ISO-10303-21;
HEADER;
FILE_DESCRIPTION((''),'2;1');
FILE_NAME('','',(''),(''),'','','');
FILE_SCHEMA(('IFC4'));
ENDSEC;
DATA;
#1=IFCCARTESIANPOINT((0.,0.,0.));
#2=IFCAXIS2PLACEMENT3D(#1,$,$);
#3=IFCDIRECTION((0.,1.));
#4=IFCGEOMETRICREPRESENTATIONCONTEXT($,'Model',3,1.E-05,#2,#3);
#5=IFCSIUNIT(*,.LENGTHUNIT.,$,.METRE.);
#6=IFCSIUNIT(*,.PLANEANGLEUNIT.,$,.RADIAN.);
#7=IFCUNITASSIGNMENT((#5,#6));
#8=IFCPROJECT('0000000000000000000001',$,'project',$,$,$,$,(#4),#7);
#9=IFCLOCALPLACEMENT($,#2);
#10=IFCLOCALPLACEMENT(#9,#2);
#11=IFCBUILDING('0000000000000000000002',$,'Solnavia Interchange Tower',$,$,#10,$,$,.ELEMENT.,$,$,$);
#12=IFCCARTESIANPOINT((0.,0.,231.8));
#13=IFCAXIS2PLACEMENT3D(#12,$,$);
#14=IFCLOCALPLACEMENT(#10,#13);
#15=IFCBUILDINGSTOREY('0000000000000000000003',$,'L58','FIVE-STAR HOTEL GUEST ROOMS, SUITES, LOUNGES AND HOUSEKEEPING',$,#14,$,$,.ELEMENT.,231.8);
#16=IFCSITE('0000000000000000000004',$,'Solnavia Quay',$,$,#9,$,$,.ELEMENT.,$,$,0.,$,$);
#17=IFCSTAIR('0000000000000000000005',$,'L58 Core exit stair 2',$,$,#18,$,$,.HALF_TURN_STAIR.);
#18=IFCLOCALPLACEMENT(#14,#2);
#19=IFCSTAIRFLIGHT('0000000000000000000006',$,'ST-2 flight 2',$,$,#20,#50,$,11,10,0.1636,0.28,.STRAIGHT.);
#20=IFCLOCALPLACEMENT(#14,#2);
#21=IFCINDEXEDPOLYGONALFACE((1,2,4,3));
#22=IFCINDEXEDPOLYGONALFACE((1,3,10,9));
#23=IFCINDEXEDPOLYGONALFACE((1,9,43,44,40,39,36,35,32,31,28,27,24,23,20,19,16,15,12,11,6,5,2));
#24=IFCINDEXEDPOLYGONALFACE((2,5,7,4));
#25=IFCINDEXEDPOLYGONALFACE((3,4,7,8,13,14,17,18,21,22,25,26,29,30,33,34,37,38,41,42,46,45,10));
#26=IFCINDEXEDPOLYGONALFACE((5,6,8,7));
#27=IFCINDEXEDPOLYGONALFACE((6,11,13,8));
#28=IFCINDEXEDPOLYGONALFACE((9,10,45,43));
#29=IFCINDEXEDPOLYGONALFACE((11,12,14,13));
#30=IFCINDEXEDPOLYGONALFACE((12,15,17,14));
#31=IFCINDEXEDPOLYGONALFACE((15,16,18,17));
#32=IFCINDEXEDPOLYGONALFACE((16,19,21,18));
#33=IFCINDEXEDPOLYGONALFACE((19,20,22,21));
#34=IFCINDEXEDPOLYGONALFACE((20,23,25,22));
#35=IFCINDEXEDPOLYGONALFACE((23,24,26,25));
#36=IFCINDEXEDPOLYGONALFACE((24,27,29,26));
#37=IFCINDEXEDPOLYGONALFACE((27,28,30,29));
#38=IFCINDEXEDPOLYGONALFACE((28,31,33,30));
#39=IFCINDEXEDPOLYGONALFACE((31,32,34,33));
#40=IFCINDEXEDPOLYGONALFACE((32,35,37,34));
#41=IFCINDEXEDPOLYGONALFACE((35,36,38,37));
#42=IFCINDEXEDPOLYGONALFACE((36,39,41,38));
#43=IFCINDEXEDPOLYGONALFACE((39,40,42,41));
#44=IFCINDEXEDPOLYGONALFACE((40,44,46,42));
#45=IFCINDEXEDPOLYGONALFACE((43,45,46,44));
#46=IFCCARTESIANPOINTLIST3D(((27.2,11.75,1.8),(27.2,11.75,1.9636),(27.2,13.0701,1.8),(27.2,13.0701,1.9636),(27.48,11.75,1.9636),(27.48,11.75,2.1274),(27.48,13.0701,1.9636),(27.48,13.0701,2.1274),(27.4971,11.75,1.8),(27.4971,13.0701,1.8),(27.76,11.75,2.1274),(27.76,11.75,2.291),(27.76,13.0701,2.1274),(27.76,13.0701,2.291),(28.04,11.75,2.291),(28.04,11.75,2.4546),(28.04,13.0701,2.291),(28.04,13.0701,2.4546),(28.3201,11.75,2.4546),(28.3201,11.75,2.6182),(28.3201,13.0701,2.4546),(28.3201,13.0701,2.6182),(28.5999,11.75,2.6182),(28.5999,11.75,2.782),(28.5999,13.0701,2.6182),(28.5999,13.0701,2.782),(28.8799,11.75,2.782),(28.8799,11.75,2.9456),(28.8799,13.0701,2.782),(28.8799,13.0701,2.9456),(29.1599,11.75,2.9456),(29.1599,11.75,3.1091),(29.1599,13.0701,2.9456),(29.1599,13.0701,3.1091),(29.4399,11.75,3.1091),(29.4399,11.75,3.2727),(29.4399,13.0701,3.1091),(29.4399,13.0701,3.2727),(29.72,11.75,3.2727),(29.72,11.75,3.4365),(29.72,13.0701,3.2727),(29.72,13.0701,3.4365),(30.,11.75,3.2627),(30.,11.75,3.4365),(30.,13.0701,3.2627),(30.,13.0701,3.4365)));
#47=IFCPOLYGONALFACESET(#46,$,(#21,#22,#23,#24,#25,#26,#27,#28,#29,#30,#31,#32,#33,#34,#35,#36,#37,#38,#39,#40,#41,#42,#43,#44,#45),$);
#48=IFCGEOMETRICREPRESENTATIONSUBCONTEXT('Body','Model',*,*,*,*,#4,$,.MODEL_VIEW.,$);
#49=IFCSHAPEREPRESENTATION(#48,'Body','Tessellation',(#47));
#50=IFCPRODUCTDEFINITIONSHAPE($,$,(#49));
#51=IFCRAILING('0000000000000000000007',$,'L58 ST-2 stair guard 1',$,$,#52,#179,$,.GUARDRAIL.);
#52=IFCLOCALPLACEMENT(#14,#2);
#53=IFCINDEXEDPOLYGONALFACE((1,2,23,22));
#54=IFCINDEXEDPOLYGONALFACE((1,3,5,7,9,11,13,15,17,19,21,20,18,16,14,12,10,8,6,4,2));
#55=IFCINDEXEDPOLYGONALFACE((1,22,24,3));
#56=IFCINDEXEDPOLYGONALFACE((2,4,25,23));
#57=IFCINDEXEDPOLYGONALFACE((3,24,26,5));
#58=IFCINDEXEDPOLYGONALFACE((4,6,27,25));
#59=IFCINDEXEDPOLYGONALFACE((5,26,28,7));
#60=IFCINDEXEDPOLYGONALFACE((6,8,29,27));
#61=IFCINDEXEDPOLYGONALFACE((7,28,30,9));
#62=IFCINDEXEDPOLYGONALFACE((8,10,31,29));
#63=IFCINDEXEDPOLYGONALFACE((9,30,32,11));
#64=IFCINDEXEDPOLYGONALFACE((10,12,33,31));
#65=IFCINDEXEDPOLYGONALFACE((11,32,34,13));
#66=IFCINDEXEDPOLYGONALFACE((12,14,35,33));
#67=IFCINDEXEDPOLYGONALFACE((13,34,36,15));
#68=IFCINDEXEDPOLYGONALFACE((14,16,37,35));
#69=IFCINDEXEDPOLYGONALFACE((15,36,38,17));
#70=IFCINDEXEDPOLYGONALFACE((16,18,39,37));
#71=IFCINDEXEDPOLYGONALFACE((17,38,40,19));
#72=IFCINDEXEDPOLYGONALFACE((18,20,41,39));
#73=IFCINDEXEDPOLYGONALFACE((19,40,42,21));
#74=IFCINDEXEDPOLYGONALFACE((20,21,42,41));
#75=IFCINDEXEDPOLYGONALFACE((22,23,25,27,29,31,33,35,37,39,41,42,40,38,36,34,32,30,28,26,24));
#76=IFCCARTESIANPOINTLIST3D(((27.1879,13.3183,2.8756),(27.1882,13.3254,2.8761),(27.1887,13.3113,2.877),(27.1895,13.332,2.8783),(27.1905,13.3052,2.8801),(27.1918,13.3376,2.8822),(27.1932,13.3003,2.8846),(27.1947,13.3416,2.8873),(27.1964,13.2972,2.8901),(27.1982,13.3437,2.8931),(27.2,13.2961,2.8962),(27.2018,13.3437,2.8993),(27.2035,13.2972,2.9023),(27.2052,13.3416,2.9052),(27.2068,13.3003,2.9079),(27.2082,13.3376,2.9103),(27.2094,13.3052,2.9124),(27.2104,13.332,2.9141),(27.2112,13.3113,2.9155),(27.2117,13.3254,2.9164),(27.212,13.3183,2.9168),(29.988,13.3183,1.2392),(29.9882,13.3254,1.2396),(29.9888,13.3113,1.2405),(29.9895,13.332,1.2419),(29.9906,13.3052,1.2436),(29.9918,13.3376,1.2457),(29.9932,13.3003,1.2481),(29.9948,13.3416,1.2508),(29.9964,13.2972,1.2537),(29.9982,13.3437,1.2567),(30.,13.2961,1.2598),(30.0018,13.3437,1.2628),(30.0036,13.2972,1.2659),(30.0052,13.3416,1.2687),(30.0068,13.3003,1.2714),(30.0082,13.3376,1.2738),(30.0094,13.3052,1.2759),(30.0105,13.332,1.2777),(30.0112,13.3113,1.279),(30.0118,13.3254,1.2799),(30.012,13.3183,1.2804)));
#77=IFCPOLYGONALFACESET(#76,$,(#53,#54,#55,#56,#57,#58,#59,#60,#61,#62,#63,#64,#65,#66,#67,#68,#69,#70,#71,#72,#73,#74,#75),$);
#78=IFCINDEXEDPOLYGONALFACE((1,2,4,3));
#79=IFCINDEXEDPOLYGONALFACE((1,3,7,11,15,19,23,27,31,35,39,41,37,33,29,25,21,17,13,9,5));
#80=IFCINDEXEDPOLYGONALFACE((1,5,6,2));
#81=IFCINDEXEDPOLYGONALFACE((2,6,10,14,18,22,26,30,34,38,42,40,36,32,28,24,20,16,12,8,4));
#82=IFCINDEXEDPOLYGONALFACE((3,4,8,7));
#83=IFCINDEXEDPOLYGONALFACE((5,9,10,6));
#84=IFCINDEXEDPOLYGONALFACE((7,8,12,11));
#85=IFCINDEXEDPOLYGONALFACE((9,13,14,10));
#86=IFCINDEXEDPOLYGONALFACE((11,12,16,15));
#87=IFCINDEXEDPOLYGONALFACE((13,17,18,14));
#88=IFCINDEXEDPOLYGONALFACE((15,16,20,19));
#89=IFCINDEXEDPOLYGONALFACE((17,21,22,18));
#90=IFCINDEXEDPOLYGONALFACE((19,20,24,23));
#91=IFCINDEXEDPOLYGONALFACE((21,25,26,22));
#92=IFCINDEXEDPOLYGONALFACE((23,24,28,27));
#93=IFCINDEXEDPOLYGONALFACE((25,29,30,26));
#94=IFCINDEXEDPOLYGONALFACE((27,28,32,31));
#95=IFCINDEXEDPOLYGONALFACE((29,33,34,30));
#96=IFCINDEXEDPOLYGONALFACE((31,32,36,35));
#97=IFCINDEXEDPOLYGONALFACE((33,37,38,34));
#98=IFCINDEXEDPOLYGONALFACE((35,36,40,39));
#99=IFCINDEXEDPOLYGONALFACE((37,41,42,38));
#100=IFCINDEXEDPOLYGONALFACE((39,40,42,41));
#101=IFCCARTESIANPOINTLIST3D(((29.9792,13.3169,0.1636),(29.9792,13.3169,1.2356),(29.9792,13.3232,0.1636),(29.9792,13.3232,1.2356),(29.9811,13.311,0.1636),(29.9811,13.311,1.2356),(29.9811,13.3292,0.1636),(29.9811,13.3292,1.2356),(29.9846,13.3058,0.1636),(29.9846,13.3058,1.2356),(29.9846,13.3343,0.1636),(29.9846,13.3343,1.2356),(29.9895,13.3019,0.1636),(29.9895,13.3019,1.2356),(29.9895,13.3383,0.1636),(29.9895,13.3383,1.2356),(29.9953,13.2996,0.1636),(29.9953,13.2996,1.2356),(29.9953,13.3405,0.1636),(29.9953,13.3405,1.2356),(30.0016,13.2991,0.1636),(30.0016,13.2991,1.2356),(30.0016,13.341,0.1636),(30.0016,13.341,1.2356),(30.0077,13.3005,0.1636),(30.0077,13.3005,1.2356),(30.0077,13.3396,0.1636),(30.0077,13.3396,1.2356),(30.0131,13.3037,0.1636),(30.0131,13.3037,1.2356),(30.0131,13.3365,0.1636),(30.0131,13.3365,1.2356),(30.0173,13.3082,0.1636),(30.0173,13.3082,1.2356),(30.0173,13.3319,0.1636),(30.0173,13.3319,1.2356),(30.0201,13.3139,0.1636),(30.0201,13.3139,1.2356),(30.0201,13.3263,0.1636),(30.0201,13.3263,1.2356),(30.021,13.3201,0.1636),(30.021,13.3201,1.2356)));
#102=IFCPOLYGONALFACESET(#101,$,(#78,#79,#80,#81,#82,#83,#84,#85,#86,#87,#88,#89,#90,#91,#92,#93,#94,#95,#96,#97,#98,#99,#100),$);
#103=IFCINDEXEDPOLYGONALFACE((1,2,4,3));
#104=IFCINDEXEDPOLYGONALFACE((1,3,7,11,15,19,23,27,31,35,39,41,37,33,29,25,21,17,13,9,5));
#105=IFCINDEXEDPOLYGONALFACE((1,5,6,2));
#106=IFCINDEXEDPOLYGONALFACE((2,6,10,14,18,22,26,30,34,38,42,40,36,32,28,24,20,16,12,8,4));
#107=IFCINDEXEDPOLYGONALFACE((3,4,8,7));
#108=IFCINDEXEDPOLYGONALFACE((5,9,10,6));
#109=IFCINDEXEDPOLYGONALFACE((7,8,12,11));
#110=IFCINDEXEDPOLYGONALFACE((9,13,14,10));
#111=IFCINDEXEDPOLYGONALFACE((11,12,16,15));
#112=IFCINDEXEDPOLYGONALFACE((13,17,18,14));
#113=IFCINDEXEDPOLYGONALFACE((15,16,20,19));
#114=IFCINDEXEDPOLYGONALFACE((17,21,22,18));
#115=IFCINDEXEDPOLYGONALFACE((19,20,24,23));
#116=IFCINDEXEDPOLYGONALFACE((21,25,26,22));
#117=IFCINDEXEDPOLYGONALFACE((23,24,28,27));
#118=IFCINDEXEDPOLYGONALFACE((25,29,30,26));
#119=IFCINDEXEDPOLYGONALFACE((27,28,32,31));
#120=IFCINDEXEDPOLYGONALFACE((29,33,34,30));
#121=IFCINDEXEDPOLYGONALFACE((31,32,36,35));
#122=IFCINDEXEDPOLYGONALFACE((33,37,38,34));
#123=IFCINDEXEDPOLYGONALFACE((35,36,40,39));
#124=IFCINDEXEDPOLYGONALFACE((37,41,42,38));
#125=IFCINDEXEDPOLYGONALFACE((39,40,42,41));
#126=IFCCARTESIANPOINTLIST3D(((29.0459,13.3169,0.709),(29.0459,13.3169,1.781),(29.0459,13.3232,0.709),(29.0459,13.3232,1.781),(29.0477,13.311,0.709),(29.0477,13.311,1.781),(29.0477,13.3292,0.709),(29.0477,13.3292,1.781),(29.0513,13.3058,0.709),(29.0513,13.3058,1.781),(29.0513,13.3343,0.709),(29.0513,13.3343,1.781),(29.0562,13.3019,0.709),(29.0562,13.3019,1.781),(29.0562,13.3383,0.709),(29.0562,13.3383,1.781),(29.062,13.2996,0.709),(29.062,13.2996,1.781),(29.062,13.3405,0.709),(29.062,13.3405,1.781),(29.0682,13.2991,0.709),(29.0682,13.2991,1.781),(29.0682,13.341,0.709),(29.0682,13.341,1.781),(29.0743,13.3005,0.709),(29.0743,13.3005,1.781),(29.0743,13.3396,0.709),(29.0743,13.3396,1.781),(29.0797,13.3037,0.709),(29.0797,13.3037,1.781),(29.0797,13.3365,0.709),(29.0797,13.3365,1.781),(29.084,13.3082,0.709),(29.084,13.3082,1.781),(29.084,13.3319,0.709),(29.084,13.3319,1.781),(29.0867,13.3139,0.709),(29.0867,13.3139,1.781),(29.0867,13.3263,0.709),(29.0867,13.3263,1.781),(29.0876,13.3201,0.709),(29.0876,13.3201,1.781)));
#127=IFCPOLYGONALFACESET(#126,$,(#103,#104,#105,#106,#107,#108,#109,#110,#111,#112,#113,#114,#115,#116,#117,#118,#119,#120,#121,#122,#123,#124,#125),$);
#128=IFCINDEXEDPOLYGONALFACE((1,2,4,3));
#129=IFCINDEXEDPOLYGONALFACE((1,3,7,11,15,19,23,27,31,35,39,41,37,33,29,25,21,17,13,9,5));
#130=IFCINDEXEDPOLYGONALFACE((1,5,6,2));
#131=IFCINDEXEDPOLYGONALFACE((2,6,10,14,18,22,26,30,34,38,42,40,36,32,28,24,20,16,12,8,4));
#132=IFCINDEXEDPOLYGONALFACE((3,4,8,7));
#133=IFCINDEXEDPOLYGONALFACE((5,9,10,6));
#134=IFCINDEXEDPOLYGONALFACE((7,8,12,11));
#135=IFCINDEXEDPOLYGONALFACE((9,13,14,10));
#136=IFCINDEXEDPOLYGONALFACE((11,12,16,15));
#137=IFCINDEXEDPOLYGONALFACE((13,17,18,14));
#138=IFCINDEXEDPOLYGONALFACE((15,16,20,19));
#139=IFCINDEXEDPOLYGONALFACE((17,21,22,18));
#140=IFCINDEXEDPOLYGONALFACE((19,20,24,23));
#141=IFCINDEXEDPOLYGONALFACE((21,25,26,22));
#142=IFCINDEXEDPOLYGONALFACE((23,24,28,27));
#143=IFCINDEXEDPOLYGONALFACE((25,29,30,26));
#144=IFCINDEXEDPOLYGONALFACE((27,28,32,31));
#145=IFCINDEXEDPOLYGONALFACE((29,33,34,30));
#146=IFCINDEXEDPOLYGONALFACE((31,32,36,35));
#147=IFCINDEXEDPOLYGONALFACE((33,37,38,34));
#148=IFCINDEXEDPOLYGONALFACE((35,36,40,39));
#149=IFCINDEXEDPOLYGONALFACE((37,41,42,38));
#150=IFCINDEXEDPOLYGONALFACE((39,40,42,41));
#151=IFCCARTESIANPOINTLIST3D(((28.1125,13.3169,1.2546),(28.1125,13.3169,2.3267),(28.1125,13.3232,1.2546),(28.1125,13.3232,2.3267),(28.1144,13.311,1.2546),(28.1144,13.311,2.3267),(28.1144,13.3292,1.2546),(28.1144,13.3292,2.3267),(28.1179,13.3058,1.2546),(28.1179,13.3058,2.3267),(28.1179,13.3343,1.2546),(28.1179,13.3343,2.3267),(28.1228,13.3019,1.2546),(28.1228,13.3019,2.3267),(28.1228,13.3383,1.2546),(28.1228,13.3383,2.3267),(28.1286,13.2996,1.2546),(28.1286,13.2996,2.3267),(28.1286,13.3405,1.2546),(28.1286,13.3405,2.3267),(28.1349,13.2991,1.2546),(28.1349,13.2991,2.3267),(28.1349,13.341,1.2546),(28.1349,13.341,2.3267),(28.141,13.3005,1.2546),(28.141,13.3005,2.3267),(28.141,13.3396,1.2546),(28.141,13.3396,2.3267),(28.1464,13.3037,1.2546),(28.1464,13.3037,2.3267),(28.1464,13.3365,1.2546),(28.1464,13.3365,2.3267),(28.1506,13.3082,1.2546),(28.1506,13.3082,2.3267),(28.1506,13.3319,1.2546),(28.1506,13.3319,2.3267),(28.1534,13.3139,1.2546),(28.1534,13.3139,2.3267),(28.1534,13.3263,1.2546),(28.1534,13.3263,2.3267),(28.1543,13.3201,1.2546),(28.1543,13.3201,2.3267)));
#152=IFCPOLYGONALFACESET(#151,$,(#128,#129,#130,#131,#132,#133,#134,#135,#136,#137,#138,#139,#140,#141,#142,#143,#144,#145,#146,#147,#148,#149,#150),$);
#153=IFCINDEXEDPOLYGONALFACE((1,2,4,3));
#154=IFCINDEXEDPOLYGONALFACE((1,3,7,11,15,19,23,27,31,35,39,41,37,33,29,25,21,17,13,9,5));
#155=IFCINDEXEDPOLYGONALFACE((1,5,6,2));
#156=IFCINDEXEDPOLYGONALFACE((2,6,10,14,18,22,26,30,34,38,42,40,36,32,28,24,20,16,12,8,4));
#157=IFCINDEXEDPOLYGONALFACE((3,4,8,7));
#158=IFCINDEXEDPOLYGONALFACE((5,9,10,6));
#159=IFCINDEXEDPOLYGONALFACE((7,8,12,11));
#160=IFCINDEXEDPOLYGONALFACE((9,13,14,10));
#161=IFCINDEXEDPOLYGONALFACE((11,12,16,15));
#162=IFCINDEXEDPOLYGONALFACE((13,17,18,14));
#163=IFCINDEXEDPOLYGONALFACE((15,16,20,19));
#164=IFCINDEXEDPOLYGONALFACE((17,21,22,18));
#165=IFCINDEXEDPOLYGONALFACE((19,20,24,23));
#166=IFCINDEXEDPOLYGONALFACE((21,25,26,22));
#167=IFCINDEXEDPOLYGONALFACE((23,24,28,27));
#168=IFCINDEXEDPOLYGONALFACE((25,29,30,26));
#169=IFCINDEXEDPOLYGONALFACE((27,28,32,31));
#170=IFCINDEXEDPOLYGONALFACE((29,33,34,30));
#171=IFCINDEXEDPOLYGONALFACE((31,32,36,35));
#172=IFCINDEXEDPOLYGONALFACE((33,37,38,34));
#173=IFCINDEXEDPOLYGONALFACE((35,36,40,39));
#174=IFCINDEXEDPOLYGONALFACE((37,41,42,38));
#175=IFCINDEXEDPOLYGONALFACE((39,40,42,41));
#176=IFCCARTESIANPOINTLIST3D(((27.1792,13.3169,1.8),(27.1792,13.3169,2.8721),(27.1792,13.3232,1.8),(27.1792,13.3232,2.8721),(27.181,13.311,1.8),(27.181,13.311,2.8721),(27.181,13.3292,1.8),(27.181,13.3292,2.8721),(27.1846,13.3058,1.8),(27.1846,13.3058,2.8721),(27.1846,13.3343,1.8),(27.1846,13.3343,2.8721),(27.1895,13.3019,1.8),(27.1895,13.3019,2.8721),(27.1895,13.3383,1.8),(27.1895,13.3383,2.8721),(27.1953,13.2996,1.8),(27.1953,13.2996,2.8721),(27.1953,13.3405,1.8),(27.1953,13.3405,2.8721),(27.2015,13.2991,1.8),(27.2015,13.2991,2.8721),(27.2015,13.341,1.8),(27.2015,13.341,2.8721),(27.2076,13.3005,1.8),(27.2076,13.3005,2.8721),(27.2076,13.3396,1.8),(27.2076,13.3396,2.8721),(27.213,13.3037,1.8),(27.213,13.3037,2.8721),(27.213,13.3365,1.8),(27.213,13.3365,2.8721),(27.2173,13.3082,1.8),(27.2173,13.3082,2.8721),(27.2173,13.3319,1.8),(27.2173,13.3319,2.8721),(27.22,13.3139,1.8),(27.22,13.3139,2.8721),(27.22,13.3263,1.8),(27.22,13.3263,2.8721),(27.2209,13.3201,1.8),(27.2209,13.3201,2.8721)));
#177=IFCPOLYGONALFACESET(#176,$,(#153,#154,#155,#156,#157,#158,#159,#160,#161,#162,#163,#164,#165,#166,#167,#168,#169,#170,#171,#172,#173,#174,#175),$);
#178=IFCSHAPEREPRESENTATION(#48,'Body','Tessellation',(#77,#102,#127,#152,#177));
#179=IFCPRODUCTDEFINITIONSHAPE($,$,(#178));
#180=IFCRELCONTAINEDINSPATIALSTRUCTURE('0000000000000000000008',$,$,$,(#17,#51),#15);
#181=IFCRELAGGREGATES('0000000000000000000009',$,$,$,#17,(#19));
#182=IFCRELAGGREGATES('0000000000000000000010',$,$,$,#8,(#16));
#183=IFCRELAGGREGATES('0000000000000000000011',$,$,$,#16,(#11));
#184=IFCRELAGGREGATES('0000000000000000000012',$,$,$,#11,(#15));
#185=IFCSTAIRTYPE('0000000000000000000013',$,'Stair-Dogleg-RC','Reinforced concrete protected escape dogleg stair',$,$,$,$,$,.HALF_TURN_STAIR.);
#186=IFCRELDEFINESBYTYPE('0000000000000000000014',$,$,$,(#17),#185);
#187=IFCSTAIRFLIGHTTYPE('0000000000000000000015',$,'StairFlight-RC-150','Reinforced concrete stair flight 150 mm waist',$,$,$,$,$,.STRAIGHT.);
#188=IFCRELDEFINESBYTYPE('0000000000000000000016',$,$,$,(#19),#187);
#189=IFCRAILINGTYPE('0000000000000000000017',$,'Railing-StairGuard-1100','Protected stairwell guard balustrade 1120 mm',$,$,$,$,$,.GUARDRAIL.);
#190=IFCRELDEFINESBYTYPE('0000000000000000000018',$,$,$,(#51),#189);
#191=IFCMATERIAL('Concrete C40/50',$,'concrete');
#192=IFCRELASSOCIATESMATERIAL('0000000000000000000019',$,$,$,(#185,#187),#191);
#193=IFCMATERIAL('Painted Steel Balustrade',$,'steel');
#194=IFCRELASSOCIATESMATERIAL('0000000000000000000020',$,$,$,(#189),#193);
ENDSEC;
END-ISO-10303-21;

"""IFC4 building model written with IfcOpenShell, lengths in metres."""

from ifc_helpers import new_model, si_unit, direction, frame, origin, origin_2d, place, context, subcontext, project, spatial, polyline, circle, outline, extrude, material, type_object, element, aggregate, save


model = new_model("IFC4")

# Units and contexts
model_context = context("Model", 3, precision=1e-05, world=origin(), true_north=direction((0.0, 1.0)))
body_context = subcontext(model_context, "Body", "Model", "MODEL_VIEW")
ifc_project = project(units=[si_unit("LENGTHUNIT", "METRE"), si_unit("PLANEANGLEUNIT", "RADIAN")], contexts=[model_context])

# Site, building, storey
site_placement = place(None, origin())
site = spatial("IfcSite", under=ifc_project, at=site_placement, Name="Solnavia Quay", CompositionType="ELEMENT", RefElevation=0.0)
building_placement = place(site_placement, origin())
building = spatial("IfcBuilding", under=site, at=building_placement, Name="Solnavia Interchange Tower", CompositionType="ELEMENT")
storey_placement = place(building_placement, frame((0.0, 0.0, 231.8)))
storey = spatial("IfcBuildingStorey", under=building, at=storey_placement, Name="L58", Description="FIVE-STAR HOTEL GUEST ROOMS, SUITES, LOUNGES AND HOUSEKEEPING", CompositionType="ELEMENT", Elevation=231.8)

# Shared definitions
ifc_material_1 = material(Name="Concrete C40/50", Category="concrete")

# Stair, stair flight
stair_type = type_object("IfcStairType", Name="Stair-Dogleg-RC", Description="Reinforced concrete protected escape dogleg stair", PredefinedType="HALF_TURN_STAIR", material=ifc_material_1)
stair_placement = place(storey_placement, origin())
stair = element("IfcStair", 1, at=stair_placement, inside=storey, type_object=stair_type, Name="L58 Core exit stair 2", PredefinedType="HALF_TURN_STAIR")
stair_flight_type = type_object("IfcStairFlightType", Name="StairFlight-RC-150", Description="Reinforced concrete stair flight 150 mm waist", PredefinedType="STRAIGHT", material=ifc_material_1)
stair_flight_1_placement = place(storey_placement, frame((27.2, 12.4099, 1.8), z_axis=(0.0, 0.0, 1.0), x_axis=(1.0, 0.0, 0.0)))
stair_flight_1 = element("IfcStairFlight", 2, at=stair_flight_1_placement, type_object=stair_flight_type, Name="ST-2 flight 2", NumberOfRisers=11, NumberOfTreads=10, PredefinedType="STRAIGHT", RiserHeight=0.1636, TreadLength=0.28, context=body_context, shape_type="SweptSolid", body=[
    extrude(outline(polyline([(0.0, 0.0), (0.0, 0.1636), (0.28, 0.1636), (0.28, 0.3274), (0.5601, 0.3274), (0.5601, 0.491), (0.8401, 0.491), (0.8401, 0.6545), (1.1201, 0.6545), (1.1201, 0.8181), (1.3999, 0.8181), (1.3999, 0.9819), (1.6799, 0.9819), (1.6799, 1.1455), (1.96, 1.1455), (1.96, 1.3091), (2.24, 1.3091), (2.24, 1.4727), (2.52, 1.4727), (2.52, 1.6365), (2.8, 1.6365), (2.8, 1.8), (2.8, 1.4626), (0.2971, 0.0), (0.0, 0.0)])), frame((0.0, 0.6602, 0.0), z_axis=(0.0, -1.0, 0.0), x_axis=(1.0, 0.0, 0.0)), (0.0, 0.0, 1.0), 1.3201),
])
aggregate(stair, [stair_flight_1])

# Railing
ifc_material_2 = material(Name="Painted Steel Balustrade", Category="steel")
railing_type_1 = type_object("IfcRailingType", Name="Railing-StairGuard-1100", Description="Protected stairwell guard balustrade 1120 mm", PredefinedType="GUARDRAIL", material=ifc_material_2)
railing_1_placement = place(storey_placement, frame((30.0, 13.3201, 0.1636)))
element("IfcRailing", 3, at=railing_1_placement, inside=storey, type_object=railing_type_1, Name="L58 ST-2 stair guard 1", PredefinedType="GUARDRAIL", context=body_context, shape_type="SweptSolid", body=[
    extrude(circle(Radius=0.0239, at=origin_2d()), frame((0.0, 0.0, 1.0962), z_axis=(-0.863361, 0.0, 0.504587), x_axis=(0.0, -1.0, 0.0)), (0.0, 0.0, 1.0), 3.2432),
    extrude(circle(Radius=0.021, at=origin_2d()), origin(), (0.0, 0.0, 1.0), 1.072),
    extrude(circle(Radius=0.021, at=origin_2d()), frame((-0.9333, 0.0, 0.5454)), (0.0, 0.0, 1.0), 1.072),
    extrude(circle(Radius=0.021, at=origin_2d()), frame((-1.8667, 0.0, 1.0911)), (0.0, 0.0, 1.0), 1.072),
    extrude(circle(Radius=0.021, at=origin_2d()), frame((-2.8, 0.0, 1.6365)), (0.0, 0.0, 1.0), 1.072),
])

save(model, "model.ifc")
